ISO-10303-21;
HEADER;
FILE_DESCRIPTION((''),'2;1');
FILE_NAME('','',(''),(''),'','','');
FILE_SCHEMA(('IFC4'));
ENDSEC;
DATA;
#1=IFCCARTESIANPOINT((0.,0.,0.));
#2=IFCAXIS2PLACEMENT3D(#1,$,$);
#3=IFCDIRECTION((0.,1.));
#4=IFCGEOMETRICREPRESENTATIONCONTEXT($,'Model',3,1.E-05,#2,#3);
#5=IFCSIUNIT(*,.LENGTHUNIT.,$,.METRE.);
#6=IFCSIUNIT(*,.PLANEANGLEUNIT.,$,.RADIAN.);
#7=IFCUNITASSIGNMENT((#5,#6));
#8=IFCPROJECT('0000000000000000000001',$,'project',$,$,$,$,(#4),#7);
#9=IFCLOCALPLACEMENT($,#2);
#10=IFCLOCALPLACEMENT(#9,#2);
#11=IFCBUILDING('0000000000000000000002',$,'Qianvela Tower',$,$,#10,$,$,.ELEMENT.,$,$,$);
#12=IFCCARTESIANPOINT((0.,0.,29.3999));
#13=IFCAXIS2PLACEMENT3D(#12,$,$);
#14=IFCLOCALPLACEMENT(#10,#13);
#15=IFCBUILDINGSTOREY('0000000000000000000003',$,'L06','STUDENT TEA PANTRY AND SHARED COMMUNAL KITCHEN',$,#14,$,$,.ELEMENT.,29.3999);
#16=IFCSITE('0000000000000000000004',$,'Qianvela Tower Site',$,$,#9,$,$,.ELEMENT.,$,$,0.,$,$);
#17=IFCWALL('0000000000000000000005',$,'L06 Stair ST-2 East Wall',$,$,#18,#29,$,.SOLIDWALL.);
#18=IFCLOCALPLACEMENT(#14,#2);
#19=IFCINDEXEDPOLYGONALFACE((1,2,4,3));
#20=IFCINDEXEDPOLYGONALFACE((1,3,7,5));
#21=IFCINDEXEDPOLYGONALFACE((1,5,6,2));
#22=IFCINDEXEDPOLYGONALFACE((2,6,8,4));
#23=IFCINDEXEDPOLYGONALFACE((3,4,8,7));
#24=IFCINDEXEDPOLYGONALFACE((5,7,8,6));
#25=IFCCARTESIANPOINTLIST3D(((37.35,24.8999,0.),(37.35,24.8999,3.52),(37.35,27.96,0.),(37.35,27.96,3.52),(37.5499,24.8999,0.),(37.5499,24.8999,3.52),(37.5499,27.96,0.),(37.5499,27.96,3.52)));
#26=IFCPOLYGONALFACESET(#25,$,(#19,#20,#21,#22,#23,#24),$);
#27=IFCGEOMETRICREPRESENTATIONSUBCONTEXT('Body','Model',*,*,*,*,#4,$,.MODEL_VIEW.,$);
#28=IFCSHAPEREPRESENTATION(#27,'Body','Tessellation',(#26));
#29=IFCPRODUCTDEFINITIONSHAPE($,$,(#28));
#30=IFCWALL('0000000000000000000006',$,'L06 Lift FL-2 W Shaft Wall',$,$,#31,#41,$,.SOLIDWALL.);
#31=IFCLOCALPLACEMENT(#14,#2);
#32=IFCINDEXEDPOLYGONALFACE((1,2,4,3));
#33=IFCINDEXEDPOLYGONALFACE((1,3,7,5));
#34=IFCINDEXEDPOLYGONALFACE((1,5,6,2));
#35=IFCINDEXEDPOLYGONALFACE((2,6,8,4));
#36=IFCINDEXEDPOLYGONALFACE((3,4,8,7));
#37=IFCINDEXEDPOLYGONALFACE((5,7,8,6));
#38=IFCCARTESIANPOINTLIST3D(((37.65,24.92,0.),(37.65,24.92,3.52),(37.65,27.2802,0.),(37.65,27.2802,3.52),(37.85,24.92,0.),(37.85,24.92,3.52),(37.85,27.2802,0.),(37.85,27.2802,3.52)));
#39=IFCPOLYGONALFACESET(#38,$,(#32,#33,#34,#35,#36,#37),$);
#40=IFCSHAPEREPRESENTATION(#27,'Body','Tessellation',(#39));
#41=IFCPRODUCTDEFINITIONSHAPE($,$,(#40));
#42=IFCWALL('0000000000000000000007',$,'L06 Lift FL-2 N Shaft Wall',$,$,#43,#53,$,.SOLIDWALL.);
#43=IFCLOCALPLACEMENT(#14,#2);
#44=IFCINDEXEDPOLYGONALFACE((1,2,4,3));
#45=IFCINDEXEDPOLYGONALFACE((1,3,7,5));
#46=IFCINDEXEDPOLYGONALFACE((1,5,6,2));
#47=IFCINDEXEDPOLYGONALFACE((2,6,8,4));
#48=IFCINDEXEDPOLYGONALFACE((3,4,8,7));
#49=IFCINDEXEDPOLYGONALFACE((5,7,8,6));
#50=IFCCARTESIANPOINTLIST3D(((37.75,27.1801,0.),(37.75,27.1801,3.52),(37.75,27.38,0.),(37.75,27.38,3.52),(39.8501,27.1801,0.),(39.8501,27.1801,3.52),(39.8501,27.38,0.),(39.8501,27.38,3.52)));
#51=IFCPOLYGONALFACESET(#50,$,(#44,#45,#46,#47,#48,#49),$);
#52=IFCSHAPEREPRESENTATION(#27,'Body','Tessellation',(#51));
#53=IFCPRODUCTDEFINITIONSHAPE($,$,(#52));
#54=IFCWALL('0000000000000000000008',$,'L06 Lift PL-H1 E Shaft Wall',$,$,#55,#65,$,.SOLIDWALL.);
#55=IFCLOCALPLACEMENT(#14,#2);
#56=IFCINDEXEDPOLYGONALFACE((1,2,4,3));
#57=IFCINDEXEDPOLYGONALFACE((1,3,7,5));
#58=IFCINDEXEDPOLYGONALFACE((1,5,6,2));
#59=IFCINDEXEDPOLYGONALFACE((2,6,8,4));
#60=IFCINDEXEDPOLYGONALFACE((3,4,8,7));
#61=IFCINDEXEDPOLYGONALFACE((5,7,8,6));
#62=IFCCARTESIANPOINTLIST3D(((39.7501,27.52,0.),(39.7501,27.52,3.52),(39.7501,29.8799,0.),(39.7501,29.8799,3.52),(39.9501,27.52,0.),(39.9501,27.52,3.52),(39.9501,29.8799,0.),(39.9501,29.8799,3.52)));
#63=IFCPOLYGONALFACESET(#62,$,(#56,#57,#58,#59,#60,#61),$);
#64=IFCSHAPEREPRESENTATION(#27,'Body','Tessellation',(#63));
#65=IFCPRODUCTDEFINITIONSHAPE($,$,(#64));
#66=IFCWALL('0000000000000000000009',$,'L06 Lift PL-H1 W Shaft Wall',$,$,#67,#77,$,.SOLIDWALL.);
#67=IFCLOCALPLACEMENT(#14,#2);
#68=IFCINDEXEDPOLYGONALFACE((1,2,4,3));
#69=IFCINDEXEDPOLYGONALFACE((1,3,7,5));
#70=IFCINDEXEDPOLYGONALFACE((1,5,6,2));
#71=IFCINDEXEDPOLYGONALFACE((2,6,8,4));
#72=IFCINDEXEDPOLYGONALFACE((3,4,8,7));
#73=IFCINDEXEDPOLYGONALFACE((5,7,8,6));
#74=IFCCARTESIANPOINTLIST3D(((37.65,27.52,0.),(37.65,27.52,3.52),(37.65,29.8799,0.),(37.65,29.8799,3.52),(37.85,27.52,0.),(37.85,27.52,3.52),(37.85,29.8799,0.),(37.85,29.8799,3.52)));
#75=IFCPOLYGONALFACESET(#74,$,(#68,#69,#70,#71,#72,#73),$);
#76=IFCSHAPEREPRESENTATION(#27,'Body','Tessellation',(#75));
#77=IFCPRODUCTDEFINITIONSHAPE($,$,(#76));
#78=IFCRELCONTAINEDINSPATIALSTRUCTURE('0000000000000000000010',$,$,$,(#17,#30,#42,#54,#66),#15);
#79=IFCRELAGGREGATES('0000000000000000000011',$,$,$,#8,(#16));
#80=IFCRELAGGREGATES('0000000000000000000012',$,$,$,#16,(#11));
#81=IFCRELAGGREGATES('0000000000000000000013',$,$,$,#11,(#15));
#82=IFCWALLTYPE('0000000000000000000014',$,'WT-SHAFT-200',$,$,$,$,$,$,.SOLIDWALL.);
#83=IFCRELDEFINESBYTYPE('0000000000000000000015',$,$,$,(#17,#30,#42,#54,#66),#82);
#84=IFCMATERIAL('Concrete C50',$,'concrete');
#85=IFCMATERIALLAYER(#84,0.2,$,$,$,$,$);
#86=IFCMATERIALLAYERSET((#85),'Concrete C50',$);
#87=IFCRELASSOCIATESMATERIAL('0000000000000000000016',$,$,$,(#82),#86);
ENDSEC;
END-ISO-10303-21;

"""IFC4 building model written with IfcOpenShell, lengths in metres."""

from ifc_helpers import new_model, si_unit, direction, frame, frame_2d, origin, place, context, subcontext, project, spatial, rectangle, extrude, material, layer, layer_set, type_object, element, save


model = new_model("IFC4")

# Units and contexts
model_context = context("Model", 3, precision=1e-05, world=origin(), true_north=direction((0.0, 1.0)))
body_context = subcontext(model_context, "Body", "Model", "MODEL_VIEW")
ifc_project = project(units=[si_unit("LENGTHUNIT", "METRE"), si_unit("PLANEANGLEUNIT", "RADIAN")], contexts=[model_context])

# Site, building, storey
site_placement = place(None, origin())
site = spatial("IfcSite", under=ifc_project, at=site_placement, Name="Qianvela Tower Site", CompositionType="ELEMENT", RefElevation=0.0)
building_placement = place(site_placement, origin())
building = spatial("IfcBuilding", under=site, at=building_placement, Name="Qianvela Tower", CompositionType="ELEMENT")
storey_placement = place(building_placement, frame((0.0, 0.0, 29.3999)))
storey = spatial("IfcBuildingStorey", under=building, at=storey_placement, Name="L06", Description="STUDENT TEA PANTRY AND SHARED COMMUNAL KITCHEN", CompositionType="ELEMENT", Elevation=29.3999)

# Wall
ifc_material_1 = material(Name="Concrete C50", Category="concrete")
ifc_layer_1 = layer(ifc_material_1, 0.2)
ifc_layer_set_1 = layer_set([ifc_layer_1], Name="Concrete C50")
wall_type_1 = type_object("IfcWallType", Name="WT-SHAFT-200", PredefinedType="SOLIDWALL", material=ifc_layer_set_1)
wall_1_placement = place(storey_placement, frame((37.45, 24.8999, 0.0), z_axis=(0.0, 0.0, 1.0), x_axis=(0.0, 1.0, 0.0)))
element("IfcWall", 1, at=wall_1_placement, inside=storey, type_object=wall_type_1, Name="L06 Stair ST-2 East Wall", PredefinedType="SOLIDWALL", context=body_context, shape_type="SweptSolid", body=[
    extrude(rectangle(XDim=3.0601, YDim=0.2, at=frame_2d((1.53, 0.0))), origin(), (0.0, 0.0, 1.0), 3.52),
])

# Walls
wall_2_placement = place(storey_placement, frame((37.75, 24.9199, 0.0), z_axis=(0.0, 0.0, 1.0), x_axis=(0.0, 1.0, 0.0)))
element("IfcWall", 2, at=wall_2_placement, inside=storey, type_object=wall_type_1, Name="L06 Lift FL-2 W Shaft Wall", PredefinedType="SOLIDWALL", context=body_context, shape_type="SweptSolid", body=[
    extrude(rectangle(XDim=2.3601, YDim=0.2, at=frame_2d((1.1802, 0.0))), origin(), (0.0, 0.0, 1.0), 3.52),
])
wall_3_placement = place(storey_placement, frame((37.75, 27.28, 0.0), z_axis=(0.0, 0.0, 1.0), x_axis=(1.0, 0.0, 0.0)))
element("IfcWall", 3, at=wall_3_placement, inside=storey, type_object=wall_type_1, Name="L06 Lift FL-2 N Shaft Wall", PredefinedType="SOLIDWALL", context=body_context, shape_type="SweptSolid", body=[
    extrude(rectangle(XDim=2.1001, YDim=0.2, at=frame_2d((1.05, 0.0))), origin(), (0.0, 0.0, 1.0), 3.52),
])
for number, where, z_axis, x_axis, name in (
    (4, (39.8501, 27.52, 0.0), (0.0, 0.0, 1.0), (0.0, 1.0, 0.0), "L06 Lift PL-H1 E Shaft Wall"),
    (5, (37.75, 27.52, 0.0), (0.0, 0.0, 1.0), (0.0, 1.0, 0.0), "L06 Lift PL-H1 W Shaft Wall"),
):
    element("IfcWall", number, at=place(storey_placement, frame(where, z_axis=z_axis, x_axis=x_axis)), inside=storey, type_object=wall_type_1, Name=name, PredefinedType="SOLIDWALL", context=body_context, shape_type="SweptSolid", body=[
        extrude(rectangle(XDim=2.3599, YDim=0.2, at=frame_2d((1.1799, 0.0))), origin(), (0.0, 0.0, 1.0), 3.52),
    ])

save(model, "model.ifc")
